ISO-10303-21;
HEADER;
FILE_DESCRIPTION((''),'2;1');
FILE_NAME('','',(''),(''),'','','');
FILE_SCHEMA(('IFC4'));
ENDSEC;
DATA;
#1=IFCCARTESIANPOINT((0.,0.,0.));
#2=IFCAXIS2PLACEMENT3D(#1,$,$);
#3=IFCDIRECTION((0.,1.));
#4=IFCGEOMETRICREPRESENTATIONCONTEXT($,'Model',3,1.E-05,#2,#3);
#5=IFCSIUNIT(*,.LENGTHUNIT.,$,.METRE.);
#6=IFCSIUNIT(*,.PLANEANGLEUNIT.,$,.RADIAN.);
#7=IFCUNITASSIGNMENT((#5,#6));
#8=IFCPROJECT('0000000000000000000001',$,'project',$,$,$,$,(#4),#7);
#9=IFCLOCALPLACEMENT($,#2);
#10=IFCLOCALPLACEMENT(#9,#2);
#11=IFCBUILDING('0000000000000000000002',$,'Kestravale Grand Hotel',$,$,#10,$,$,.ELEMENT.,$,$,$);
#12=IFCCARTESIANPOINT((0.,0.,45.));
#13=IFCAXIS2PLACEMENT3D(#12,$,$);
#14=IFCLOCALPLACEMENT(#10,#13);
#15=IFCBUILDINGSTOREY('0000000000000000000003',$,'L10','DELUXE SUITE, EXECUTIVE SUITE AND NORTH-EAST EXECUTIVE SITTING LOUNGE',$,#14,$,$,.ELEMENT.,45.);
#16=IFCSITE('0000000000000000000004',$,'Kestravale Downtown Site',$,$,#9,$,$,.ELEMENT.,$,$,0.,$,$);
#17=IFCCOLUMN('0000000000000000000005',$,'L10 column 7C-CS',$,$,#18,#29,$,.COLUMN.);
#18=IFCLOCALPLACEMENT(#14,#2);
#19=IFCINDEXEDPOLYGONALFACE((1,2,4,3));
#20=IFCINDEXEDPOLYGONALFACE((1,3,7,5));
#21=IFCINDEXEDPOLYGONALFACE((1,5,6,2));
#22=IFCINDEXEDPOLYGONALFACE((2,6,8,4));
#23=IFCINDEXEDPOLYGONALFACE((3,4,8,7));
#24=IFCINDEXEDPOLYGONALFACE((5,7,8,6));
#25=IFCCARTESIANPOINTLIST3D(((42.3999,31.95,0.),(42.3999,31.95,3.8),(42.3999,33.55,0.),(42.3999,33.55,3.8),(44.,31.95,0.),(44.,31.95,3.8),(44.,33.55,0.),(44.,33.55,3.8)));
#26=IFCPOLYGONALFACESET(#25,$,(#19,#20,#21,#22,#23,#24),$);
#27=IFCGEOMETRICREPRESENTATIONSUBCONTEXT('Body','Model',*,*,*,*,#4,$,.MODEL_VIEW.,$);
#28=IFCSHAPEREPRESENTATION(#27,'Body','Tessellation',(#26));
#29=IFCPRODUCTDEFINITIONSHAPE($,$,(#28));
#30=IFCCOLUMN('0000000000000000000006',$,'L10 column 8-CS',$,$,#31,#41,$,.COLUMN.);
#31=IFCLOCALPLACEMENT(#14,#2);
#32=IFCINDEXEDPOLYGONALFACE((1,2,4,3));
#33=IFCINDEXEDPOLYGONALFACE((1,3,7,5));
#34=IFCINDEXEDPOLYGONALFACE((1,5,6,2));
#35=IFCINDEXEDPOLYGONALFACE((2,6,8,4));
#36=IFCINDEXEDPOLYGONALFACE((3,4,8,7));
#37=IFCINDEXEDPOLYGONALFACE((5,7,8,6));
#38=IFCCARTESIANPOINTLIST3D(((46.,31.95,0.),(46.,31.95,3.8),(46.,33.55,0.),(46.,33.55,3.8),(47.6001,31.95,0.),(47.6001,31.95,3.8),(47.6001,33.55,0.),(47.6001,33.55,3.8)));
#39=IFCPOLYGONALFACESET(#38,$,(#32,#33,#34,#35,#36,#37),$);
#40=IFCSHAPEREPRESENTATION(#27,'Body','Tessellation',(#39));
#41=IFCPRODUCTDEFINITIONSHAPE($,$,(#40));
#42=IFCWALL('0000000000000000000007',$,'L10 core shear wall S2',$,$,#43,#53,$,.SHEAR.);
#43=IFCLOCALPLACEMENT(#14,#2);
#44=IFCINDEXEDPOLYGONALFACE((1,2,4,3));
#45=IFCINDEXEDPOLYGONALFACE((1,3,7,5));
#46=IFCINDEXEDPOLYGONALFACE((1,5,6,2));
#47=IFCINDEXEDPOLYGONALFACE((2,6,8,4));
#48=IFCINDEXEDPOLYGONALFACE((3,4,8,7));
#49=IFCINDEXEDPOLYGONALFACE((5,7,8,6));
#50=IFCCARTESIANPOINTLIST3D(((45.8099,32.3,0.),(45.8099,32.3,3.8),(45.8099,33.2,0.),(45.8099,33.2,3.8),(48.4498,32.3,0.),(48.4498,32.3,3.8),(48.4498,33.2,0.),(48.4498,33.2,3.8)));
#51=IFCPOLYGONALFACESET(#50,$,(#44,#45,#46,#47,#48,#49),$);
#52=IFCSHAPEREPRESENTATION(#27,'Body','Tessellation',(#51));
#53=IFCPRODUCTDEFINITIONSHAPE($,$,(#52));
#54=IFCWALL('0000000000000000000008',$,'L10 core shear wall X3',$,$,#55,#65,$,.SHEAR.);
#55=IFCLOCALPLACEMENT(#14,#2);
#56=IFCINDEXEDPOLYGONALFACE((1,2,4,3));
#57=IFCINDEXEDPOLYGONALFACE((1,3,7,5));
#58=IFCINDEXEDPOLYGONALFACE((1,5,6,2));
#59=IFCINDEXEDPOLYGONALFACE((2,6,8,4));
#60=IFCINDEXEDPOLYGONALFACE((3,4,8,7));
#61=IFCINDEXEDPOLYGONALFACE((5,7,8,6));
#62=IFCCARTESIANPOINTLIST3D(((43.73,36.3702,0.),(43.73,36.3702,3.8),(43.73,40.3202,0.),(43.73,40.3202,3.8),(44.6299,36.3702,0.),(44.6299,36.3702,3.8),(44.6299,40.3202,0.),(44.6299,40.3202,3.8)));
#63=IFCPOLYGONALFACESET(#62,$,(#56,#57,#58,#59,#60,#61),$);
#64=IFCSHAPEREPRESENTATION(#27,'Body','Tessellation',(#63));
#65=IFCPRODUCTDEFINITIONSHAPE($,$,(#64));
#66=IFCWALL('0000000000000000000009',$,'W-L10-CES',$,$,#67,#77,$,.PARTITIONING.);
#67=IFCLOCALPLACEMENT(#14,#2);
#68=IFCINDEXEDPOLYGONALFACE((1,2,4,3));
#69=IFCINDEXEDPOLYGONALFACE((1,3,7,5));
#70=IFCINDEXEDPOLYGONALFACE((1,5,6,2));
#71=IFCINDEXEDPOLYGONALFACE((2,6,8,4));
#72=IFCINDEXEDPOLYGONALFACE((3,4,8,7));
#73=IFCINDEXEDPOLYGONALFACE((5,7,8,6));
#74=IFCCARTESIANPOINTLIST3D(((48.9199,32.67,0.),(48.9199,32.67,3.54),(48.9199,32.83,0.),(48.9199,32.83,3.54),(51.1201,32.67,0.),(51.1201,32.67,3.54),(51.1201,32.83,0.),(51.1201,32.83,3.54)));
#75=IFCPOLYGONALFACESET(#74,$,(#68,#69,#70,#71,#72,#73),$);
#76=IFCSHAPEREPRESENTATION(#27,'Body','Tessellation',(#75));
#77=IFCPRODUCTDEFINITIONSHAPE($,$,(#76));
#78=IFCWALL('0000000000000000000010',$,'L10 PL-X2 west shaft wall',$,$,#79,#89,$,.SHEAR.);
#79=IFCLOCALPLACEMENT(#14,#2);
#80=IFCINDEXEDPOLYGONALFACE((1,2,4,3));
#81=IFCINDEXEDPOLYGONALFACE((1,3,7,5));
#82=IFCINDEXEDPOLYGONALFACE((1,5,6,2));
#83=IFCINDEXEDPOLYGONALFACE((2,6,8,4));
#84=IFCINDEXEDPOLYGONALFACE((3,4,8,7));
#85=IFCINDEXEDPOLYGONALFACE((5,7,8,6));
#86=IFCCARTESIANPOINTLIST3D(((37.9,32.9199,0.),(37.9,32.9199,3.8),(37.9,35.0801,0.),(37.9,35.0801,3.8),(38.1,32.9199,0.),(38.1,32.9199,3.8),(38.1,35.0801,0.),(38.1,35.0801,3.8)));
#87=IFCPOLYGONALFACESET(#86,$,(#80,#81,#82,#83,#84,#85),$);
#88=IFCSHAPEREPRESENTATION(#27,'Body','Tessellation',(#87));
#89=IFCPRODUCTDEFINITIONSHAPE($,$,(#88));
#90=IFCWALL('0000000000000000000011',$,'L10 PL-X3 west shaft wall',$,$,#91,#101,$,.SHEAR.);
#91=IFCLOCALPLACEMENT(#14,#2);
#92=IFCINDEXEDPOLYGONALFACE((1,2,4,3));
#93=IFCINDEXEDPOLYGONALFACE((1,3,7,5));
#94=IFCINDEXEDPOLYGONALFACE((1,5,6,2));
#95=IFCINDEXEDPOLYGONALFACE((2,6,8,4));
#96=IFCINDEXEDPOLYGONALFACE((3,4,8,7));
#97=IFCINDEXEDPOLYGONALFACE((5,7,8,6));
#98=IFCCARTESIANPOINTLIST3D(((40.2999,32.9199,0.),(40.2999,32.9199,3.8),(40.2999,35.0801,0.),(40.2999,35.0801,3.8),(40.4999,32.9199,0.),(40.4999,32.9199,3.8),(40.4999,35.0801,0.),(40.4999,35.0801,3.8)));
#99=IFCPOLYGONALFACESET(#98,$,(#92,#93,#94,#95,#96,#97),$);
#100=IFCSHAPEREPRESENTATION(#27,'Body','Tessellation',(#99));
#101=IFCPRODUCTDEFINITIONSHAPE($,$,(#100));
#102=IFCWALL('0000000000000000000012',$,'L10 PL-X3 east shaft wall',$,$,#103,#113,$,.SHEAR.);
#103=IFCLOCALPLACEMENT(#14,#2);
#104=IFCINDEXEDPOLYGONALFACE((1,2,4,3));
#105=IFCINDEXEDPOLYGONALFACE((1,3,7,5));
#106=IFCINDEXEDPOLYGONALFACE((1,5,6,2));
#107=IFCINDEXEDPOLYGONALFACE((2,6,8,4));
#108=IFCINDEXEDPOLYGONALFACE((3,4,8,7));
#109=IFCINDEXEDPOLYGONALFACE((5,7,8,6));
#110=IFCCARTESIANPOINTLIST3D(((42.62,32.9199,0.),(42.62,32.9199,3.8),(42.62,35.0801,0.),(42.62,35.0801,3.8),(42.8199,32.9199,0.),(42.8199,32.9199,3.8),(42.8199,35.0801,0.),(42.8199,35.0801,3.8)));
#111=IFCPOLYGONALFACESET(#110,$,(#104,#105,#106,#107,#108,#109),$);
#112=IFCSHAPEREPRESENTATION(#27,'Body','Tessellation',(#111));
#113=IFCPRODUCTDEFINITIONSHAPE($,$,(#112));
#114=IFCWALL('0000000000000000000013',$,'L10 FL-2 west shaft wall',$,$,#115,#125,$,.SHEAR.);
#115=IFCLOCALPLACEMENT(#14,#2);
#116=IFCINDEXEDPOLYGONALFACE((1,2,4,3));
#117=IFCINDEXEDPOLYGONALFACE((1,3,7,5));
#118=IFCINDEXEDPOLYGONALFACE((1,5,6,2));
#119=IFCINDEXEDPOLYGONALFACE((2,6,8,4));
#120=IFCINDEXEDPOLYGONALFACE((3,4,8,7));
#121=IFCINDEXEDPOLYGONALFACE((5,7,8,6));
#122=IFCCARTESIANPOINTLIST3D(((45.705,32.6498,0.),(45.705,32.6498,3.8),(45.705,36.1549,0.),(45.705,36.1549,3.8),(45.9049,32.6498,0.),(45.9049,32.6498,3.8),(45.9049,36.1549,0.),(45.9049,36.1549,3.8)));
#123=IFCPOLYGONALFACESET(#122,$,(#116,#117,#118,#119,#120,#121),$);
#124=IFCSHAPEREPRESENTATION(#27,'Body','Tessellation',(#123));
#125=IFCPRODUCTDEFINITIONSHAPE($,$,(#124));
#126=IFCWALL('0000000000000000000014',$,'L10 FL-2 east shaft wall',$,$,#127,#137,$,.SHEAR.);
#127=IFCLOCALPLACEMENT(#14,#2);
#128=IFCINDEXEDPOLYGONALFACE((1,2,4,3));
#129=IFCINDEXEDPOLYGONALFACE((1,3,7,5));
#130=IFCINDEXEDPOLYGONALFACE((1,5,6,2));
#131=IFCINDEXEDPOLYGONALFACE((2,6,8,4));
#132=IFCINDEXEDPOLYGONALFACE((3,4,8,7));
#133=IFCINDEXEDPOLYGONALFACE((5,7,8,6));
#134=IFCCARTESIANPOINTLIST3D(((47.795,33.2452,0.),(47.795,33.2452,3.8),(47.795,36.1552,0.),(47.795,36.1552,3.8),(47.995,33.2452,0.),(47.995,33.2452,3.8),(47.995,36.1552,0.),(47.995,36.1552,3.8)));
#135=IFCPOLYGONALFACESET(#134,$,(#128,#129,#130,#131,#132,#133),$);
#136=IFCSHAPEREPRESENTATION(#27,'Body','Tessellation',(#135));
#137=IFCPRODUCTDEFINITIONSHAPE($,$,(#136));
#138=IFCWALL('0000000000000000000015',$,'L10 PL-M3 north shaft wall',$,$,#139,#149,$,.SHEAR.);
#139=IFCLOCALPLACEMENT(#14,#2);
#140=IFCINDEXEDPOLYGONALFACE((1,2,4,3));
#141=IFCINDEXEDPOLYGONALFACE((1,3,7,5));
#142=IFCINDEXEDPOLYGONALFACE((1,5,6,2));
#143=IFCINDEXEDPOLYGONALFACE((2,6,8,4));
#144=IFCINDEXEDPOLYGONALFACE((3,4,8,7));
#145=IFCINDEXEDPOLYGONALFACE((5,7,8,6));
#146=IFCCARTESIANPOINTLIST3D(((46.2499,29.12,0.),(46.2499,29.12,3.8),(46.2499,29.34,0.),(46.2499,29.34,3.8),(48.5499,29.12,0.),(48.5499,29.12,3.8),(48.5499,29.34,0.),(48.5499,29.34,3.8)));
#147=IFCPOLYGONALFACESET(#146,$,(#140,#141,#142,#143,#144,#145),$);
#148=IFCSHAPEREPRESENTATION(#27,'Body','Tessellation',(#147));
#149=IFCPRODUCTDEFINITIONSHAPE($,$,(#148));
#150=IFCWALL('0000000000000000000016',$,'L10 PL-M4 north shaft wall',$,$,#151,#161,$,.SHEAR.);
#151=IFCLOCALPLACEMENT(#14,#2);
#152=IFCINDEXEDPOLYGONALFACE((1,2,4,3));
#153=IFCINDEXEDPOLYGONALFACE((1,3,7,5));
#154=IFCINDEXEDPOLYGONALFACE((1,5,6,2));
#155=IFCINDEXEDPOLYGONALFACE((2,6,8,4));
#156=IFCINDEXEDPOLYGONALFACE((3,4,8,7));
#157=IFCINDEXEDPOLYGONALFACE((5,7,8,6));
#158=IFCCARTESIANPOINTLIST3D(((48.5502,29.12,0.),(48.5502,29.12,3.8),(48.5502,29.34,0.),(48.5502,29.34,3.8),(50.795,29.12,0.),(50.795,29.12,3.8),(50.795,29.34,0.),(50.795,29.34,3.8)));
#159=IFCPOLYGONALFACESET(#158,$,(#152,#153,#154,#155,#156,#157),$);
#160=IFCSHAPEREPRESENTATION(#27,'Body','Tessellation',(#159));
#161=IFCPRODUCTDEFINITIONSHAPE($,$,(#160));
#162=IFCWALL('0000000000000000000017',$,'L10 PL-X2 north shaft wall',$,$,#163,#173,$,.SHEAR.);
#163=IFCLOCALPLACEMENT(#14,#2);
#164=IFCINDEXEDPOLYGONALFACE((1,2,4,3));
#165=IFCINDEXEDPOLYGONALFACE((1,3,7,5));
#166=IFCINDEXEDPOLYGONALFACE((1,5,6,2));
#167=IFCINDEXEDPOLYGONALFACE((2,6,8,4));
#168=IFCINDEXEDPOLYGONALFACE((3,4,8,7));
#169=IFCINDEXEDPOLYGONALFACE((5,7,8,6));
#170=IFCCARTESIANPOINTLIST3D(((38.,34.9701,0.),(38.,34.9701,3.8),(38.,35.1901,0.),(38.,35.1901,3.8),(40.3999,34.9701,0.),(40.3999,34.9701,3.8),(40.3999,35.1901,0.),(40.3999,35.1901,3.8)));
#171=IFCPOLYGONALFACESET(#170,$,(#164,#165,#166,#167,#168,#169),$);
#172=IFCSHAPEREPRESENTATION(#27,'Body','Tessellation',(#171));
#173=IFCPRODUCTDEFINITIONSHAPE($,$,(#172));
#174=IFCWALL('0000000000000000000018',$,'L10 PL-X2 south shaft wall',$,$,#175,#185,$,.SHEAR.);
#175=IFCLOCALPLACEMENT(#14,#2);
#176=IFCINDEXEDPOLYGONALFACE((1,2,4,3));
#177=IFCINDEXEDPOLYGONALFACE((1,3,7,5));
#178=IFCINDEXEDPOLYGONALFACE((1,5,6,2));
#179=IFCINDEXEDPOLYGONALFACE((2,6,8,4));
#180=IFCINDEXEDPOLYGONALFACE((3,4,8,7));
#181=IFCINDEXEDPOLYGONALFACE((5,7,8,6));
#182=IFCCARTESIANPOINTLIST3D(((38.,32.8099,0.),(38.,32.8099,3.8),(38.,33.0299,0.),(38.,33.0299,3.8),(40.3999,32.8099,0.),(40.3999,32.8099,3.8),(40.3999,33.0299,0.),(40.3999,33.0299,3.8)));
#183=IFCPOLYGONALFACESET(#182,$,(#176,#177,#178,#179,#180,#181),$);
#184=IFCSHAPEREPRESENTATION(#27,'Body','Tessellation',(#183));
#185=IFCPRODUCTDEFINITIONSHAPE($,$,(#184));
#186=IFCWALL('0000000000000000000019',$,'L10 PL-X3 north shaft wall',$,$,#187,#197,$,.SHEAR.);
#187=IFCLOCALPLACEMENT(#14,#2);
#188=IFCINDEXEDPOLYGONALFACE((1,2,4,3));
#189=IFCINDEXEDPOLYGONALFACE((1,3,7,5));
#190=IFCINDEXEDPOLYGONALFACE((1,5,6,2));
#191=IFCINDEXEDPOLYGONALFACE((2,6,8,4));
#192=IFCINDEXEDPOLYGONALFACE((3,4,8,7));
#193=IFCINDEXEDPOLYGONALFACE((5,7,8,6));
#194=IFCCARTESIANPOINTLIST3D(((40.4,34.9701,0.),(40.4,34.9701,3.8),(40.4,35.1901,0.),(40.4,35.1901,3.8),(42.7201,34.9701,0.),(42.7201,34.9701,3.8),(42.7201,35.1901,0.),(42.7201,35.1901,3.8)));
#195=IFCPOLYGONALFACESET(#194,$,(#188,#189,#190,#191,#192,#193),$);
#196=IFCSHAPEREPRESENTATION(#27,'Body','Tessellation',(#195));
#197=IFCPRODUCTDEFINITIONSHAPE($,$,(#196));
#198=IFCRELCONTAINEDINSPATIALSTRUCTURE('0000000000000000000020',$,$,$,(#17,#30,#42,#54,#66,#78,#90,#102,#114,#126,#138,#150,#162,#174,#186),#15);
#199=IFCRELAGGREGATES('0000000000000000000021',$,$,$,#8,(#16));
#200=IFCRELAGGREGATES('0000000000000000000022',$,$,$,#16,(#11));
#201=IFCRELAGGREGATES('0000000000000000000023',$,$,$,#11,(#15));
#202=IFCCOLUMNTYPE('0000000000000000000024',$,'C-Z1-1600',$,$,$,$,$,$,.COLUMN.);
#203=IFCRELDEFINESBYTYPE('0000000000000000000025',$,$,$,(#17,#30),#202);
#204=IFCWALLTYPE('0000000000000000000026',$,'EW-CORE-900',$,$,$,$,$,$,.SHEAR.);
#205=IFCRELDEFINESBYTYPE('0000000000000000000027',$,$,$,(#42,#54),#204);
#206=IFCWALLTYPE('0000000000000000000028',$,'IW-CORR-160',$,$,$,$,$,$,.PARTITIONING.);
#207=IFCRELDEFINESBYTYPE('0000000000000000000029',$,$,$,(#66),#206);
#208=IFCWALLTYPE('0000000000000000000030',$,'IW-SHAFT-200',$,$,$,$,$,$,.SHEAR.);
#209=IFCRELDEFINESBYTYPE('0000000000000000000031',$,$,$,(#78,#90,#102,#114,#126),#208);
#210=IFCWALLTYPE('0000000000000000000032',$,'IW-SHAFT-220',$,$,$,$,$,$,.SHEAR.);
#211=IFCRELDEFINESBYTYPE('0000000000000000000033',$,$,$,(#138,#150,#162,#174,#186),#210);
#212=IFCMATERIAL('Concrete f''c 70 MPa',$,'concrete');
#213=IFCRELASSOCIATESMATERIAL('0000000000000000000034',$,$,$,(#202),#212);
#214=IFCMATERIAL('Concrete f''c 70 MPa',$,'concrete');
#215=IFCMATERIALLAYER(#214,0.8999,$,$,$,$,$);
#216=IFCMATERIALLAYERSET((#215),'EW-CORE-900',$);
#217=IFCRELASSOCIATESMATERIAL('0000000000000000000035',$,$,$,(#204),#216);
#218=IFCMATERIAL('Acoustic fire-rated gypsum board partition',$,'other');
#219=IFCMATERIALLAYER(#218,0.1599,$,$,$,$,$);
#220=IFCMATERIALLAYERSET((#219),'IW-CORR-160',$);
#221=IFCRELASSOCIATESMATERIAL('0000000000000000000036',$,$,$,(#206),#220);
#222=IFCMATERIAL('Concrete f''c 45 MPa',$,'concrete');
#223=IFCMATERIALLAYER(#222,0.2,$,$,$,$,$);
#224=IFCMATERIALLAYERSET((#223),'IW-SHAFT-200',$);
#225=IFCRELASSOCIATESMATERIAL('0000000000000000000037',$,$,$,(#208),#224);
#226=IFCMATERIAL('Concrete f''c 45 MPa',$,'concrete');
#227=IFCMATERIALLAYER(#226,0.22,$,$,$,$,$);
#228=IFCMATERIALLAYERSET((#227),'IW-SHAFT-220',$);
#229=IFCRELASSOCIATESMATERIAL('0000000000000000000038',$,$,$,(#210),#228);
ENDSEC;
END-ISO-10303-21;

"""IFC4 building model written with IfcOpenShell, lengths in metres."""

from ifc_helpers import new_model, si_unit, direction, frame, frame_2d, origin, origin_2d, place, context, subcontext, project, spatial, rectangle, extrude, material, layer, layer_set, material_profile, profile_set, type_object, element, save


model = new_model("IFC4")

# Units and contexts
model_context = context("Model", 3, precision=1e-05, world=origin(), true_north=direction((0.0, 1.0)))
body_context = subcontext(model_context, "Body", "Model", "MODEL_VIEW")
ifc_project = project(units=[si_unit("LENGTHUNIT", "METRE"), si_unit("PLANEANGLEUNIT", "RADIAN")], contexts=[model_context])

# Site, building, storey
site_placement = place(None, origin())
site = spatial("IfcSite", under=ifc_project, at=site_placement, Name="Kestravale Downtown Site", CompositionType="ELEMENT", RefElevation=0.0)
building_placement = place(site_placement, origin())
building = spatial("IfcBuilding", under=site, at=building_placement, Name="Kestravale Grand Hotel", CompositionType="ELEMENT")
storey_placement = place(building_placement, frame((0.0, 0.0, 45.0)))
storey = spatial("IfcBuildingStorey", under=building, at=storey_placement, Name="L10", Description="DELUXE SUITE, EXECUTIVE SUITE AND NORTH-EAST EXECUTIVE SITTING LOUNGE", CompositionType="ELEMENT", Elevation=45.0)

# Columns
ifc_material_1 = material(Name="Concrete f'c 70 MPa", Category="concrete")
ifc_material_profile = material_profile(ifc_material_1, rectangle(XDim=1.6001, YDim=1.6001, at=origin_2d()))
ifc_profile_set = profile_set([ifc_material_profile], Name="Concrete f'c 70 MPa")
column_type = type_object("IfcColumnType", Name="C-Z1-1600", PredefinedType="COLUMN", material=ifc_profile_set)
for number, where, z_axis, x_axis, name in (
    (1, (43.2, 32.75, 0.0), (0.0, 0.0, 1.0), (1.0, 0.0, 0.0), "L10 column 7C-CS"),
    (2, (46.8, 32.75, 0.0), (0.0, 0.0, 1.0), (1.0, 0.0, 0.0), "L10 column 8-CS"),
):
    element("IfcColumn", number, at=place(storey_placement, frame(where, z_axis=z_axis, x_axis=x_axis)), inside=storey, type_object=column_type, Name=name, PredefinedType="COLUMN", context=body_context, shape_type="SweptSolid", body=[
        extrude(rectangle(XDim=1.6001, YDim=1.6001, at=origin_2d()), origin(), (0.0, 0.0, 1.0), 3.8),
    ])

# Wall
ifc_material_2 = material(Name="Concrete f'c 70 MPa", Category="concrete")
ifc_layer_1 = layer(ifc_material_2, 0.8999)
ifc_layer_set_1 = layer_set([ifc_layer_1], Name="EW-CORE-900")
wall_type_1 = type_object("IfcWallType", Name="EW-CORE-900", PredefinedType="SHEAR", material=ifc_layer_set_1)
wall_1_placement = place(storey_placement, frame((45.8101, 32.75, 0.0), z_axis=(0.0, 0.0, 1.0), x_axis=(1.0, 0.0, 0.0)))
element("IfcWall", 3, at=wall_1_placement, inside=storey, type_object=wall_type_1, Name="L10 core shear wall S2", PredefinedType="SHEAR", context=body_context, shape_type="SweptSolid", body=[
    extrude(rectangle(XDim=2.6399, YDim=0.8999, at=frame_2d((1.3198, 0.0))), origin(), (0.0, 0.0, 1.0), 3.8),
])

# Wall
wall_2_placement = place(storey_placement, frame((44.1799, 36.3701, 0.0), z_axis=(0.0, 0.0, 1.0), x_axis=(0.0, 1.0, 0.0)))
element("IfcWall", 4, at=wall_2_placement, inside=storey, type_object=wall_type_1, Name="L10 core shear wall X3", PredefinedType="SHEAR", context=body_context, shape_type="SweptSolid", body=[
    extrude(rectangle(XDim=3.95, YDim=0.8999, at=frame_2d((1.9751, 0.0))), origin(), (0.0, 0.0, 1.0), 3.8),
])

# Wall
ifc_material_3 = material(Name="Acoustic fire-rated gypsum board partition", Category="other")
ifc_layer_2 = layer(ifc_material_3, 0.1599)
ifc_layer_set_2 = layer_set([ifc_layer_2], Name="IW-CORR-160")
wall_type_2 = type_object("IfcWallType", Name="IW-CORR-160", PredefinedType="PARTITIONING", material=ifc_layer_set_2)
wall_3_placement = place(storey_placement, frame((48.9199, 32.75, 0.0), z_axis=(0.0, 0.0, 1.0), x_axis=(1.0, 0.0, 0.0)))
element("IfcWall", 5, at=wall_3_placement, inside=storey, type_object=wall_type_2, Name="W-L10-CES", PredefinedType="PARTITIONING", context=body_context, shape_type="SweptSolid", body=[
    extrude(rectangle(XDim=2.2002, YDim=0.1599, at=frame_2d((1.1001, 0.0))), origin(), (0.0, 0.0, 1.0), 3.54),
])

# Walls
ifc_material_4 = material(Name="Concrete f'c 45 MPa", Category="concrete")
ifc_layer_3 = layer(ifc_material_4, 0.2)
ifc_layer_set_3 = layer_set([ifc_layer_3], Name="IW-SHAFT-200")
wall_type_3 = type_object("IfcWallType", Name="IW-SHAFT-200", PredefinedType="SHEAR", material=ifc_layer_set_3)
for number, where, z_axis, x_axis, name in (
    (6, (38.0, 32.9199, 0.0), (0.0, 0.0, 1.0), (0.0, 1.0, 0.0), "L10 PL-X2 west shaft wall"),
    (7, (40.3999, 32.9199, 0.0), (0.0, 0.0, 1.0), (0.0, 1.0, 0.0), "L10 PL-X3 west shaft wall"),
    (8, (42.72, 32.9199, 0.0), (0.0, 0.0, 1.0), (0.0, 1.0, 0.0), "L10 PL-X3 east shaft wall"),
):
    element("IfcWall", number, at=place(storey_placement, frame(where, z_axis=z_axis, x_axis=x_axis)), inside=storey, type_object=wall_type_3, Name=name, PredefinedType="SHEAR", context=body_context, shape_type="SweptSolid", body=[
        extrude(rectangle(XDim=2.1602, YDim=0.2, at=frame_2d((1.0801, 0.0))), origin(), (0.0, 0.0, 1.0), 3.8),
    ])
wall_4_placement = place(storey_placement, frame((45.8049, 32.6499, 0.0), z_axis=(0.0, 0.0, 1.0), x_axis=(0.0, 1.0, 0.0)))
element("IfcWall", 9, at=wall_4_placement, inside=storey, type_object=wall_type_3, Name="L10 FL-2 west shaft wall", PredefinedType="SHEAR", context=body_context, shape_type="SweptSolid", body=[
    extrude(rectangle(XDim=3.5051, YDim=0.2, at=frame_2d((1.7524, 0.0))), origin(), (0.0, 0.0, 1.0), 3.8),
])
wall_5_placement = place(storey_placement, frame((47.895, 33.2451, 0.0), z_axis=(0.0, 0.0, 1.0), x_axis=(0.0, 1.0, 0.0)))
element("IfcWall", 10, at=wall_5_placement, inside=storey, type_object=wall_type_3, Name="L10 FL-2 east shaft wall", PredefinedType="SHEAR", context=body_context, shape_type="SweptSolid", body=[
    extrude(rectangle(XDim=2.9099, YDim=0.2, at=frame_2d((1.4551, 0.0))), origin(), (0.0, 0.0, 1.0), 3.8),
])
ifc_material_5 = material(Name="Concrete f'c 45 MPa", Category="concrete")
ifc_layer_4 = layer(ifc_material_5, 0.22)
ifc_layer_set_4 = layer_set([ifc_layer_4], Name="IW-SHAFT-220")
wall_type_4 = type_object("IfcWallType", Name="IW-SHAFT-220", PredefinedType="SHEAR", material=ifc_layer_set_4)
wall_6_placement = place(storey_placement, frame((46.25, 29.23, 0.0), z_axis=(0.0, 0.0, 1.0), x_axis=(1.0, 0.0, 0.0)))
element("IfcWall", 11, at=wall_6_placement, inside=storey, type_object=wall_type_4, Name="L10 PL-M3 north shaft wall", PredefinedType="SHEAR", context=body_context, shape_type="SweptSolid", body=[
    extrude(rectangle(XDim=2.3, YDim=0.22, at=frame_2d((1.1499, 0.0))), origin(), (0.0, 0.0, 1.0), 3.8),
])
wall_7_placement = place(storey_placement, frame((48.55, 29.23, 0.0), z_axis=(0.0, 0.0, 1.0), x_axis=(1.0, 0.0, 0.0)))
element("IfcWall", 12, at=wall_7_placement, inside=storey, type_object=wall_type_4, Name="L10 PL-M4 north shaft wall", PredefinedType="SHEAR", context=body_context, shape_type="SweptSolid", body=[
    extrude(rectangle(XDim=2.2449, YDim=0.22, at=frame_2d((1.1226, 0.0))), origin(), (0.0, 0.0, 1.0), 3.8),
])
for number, where, z_axis, x_axis, name in (
    (13, (38.0, 35.0801, 0.0), (0.0, 0.0, 1.0), (1.0, 0.0, 0.0), "L10 PL-X2 north shaft wall"),
    (14, (38.0, 32.9199, 0.0), (0.0, 0.0, 1.0), (1.0, 0.0, 0.0), "L10 PL-X2 south shaft wall"),
):
    element("IfcWall", number, at=place(storey_placement, frame(where, z_axis=z_axis, x_axis=x_axis)), inside=storey, type_object=wall_type_4, Name=name, PredefinedType="SHEAR", context=body_context, shape_type="SweptSolid", body=[
        extrude(rectangle(XDim=2.3999, YDim=0.22, at=frame_2d((1.2, 0.0))), origin(), (0.0, 0.0, 1.0), 3.8),
    ])
for number, where, z_axis, x_axis, name in (
    (15, (40.3999, 35.0801, 0.0), (0.0, 0.0, 1.0), (1.0, 0.0, 0.0), "L10 PL-X3 north shaft wall"),
):
    element("IfcWall", number, at=place(storey_placement, frame(where, z_axis=z_axis, x_axis=x_axis)), inside=storey, type_object=wall_type_4, Name=name, PredefinedType="SHEAR", context=body_context, shape_type="SweptSolid", body=[
        extrude(rectangle(XDim=2.3201, YDim=0.22, at=frame_2d((1.1602, 0.0))), origin(), (0.0, 0.0, 1.0), 3.8),
    ])

save(model, "model.ifc")
